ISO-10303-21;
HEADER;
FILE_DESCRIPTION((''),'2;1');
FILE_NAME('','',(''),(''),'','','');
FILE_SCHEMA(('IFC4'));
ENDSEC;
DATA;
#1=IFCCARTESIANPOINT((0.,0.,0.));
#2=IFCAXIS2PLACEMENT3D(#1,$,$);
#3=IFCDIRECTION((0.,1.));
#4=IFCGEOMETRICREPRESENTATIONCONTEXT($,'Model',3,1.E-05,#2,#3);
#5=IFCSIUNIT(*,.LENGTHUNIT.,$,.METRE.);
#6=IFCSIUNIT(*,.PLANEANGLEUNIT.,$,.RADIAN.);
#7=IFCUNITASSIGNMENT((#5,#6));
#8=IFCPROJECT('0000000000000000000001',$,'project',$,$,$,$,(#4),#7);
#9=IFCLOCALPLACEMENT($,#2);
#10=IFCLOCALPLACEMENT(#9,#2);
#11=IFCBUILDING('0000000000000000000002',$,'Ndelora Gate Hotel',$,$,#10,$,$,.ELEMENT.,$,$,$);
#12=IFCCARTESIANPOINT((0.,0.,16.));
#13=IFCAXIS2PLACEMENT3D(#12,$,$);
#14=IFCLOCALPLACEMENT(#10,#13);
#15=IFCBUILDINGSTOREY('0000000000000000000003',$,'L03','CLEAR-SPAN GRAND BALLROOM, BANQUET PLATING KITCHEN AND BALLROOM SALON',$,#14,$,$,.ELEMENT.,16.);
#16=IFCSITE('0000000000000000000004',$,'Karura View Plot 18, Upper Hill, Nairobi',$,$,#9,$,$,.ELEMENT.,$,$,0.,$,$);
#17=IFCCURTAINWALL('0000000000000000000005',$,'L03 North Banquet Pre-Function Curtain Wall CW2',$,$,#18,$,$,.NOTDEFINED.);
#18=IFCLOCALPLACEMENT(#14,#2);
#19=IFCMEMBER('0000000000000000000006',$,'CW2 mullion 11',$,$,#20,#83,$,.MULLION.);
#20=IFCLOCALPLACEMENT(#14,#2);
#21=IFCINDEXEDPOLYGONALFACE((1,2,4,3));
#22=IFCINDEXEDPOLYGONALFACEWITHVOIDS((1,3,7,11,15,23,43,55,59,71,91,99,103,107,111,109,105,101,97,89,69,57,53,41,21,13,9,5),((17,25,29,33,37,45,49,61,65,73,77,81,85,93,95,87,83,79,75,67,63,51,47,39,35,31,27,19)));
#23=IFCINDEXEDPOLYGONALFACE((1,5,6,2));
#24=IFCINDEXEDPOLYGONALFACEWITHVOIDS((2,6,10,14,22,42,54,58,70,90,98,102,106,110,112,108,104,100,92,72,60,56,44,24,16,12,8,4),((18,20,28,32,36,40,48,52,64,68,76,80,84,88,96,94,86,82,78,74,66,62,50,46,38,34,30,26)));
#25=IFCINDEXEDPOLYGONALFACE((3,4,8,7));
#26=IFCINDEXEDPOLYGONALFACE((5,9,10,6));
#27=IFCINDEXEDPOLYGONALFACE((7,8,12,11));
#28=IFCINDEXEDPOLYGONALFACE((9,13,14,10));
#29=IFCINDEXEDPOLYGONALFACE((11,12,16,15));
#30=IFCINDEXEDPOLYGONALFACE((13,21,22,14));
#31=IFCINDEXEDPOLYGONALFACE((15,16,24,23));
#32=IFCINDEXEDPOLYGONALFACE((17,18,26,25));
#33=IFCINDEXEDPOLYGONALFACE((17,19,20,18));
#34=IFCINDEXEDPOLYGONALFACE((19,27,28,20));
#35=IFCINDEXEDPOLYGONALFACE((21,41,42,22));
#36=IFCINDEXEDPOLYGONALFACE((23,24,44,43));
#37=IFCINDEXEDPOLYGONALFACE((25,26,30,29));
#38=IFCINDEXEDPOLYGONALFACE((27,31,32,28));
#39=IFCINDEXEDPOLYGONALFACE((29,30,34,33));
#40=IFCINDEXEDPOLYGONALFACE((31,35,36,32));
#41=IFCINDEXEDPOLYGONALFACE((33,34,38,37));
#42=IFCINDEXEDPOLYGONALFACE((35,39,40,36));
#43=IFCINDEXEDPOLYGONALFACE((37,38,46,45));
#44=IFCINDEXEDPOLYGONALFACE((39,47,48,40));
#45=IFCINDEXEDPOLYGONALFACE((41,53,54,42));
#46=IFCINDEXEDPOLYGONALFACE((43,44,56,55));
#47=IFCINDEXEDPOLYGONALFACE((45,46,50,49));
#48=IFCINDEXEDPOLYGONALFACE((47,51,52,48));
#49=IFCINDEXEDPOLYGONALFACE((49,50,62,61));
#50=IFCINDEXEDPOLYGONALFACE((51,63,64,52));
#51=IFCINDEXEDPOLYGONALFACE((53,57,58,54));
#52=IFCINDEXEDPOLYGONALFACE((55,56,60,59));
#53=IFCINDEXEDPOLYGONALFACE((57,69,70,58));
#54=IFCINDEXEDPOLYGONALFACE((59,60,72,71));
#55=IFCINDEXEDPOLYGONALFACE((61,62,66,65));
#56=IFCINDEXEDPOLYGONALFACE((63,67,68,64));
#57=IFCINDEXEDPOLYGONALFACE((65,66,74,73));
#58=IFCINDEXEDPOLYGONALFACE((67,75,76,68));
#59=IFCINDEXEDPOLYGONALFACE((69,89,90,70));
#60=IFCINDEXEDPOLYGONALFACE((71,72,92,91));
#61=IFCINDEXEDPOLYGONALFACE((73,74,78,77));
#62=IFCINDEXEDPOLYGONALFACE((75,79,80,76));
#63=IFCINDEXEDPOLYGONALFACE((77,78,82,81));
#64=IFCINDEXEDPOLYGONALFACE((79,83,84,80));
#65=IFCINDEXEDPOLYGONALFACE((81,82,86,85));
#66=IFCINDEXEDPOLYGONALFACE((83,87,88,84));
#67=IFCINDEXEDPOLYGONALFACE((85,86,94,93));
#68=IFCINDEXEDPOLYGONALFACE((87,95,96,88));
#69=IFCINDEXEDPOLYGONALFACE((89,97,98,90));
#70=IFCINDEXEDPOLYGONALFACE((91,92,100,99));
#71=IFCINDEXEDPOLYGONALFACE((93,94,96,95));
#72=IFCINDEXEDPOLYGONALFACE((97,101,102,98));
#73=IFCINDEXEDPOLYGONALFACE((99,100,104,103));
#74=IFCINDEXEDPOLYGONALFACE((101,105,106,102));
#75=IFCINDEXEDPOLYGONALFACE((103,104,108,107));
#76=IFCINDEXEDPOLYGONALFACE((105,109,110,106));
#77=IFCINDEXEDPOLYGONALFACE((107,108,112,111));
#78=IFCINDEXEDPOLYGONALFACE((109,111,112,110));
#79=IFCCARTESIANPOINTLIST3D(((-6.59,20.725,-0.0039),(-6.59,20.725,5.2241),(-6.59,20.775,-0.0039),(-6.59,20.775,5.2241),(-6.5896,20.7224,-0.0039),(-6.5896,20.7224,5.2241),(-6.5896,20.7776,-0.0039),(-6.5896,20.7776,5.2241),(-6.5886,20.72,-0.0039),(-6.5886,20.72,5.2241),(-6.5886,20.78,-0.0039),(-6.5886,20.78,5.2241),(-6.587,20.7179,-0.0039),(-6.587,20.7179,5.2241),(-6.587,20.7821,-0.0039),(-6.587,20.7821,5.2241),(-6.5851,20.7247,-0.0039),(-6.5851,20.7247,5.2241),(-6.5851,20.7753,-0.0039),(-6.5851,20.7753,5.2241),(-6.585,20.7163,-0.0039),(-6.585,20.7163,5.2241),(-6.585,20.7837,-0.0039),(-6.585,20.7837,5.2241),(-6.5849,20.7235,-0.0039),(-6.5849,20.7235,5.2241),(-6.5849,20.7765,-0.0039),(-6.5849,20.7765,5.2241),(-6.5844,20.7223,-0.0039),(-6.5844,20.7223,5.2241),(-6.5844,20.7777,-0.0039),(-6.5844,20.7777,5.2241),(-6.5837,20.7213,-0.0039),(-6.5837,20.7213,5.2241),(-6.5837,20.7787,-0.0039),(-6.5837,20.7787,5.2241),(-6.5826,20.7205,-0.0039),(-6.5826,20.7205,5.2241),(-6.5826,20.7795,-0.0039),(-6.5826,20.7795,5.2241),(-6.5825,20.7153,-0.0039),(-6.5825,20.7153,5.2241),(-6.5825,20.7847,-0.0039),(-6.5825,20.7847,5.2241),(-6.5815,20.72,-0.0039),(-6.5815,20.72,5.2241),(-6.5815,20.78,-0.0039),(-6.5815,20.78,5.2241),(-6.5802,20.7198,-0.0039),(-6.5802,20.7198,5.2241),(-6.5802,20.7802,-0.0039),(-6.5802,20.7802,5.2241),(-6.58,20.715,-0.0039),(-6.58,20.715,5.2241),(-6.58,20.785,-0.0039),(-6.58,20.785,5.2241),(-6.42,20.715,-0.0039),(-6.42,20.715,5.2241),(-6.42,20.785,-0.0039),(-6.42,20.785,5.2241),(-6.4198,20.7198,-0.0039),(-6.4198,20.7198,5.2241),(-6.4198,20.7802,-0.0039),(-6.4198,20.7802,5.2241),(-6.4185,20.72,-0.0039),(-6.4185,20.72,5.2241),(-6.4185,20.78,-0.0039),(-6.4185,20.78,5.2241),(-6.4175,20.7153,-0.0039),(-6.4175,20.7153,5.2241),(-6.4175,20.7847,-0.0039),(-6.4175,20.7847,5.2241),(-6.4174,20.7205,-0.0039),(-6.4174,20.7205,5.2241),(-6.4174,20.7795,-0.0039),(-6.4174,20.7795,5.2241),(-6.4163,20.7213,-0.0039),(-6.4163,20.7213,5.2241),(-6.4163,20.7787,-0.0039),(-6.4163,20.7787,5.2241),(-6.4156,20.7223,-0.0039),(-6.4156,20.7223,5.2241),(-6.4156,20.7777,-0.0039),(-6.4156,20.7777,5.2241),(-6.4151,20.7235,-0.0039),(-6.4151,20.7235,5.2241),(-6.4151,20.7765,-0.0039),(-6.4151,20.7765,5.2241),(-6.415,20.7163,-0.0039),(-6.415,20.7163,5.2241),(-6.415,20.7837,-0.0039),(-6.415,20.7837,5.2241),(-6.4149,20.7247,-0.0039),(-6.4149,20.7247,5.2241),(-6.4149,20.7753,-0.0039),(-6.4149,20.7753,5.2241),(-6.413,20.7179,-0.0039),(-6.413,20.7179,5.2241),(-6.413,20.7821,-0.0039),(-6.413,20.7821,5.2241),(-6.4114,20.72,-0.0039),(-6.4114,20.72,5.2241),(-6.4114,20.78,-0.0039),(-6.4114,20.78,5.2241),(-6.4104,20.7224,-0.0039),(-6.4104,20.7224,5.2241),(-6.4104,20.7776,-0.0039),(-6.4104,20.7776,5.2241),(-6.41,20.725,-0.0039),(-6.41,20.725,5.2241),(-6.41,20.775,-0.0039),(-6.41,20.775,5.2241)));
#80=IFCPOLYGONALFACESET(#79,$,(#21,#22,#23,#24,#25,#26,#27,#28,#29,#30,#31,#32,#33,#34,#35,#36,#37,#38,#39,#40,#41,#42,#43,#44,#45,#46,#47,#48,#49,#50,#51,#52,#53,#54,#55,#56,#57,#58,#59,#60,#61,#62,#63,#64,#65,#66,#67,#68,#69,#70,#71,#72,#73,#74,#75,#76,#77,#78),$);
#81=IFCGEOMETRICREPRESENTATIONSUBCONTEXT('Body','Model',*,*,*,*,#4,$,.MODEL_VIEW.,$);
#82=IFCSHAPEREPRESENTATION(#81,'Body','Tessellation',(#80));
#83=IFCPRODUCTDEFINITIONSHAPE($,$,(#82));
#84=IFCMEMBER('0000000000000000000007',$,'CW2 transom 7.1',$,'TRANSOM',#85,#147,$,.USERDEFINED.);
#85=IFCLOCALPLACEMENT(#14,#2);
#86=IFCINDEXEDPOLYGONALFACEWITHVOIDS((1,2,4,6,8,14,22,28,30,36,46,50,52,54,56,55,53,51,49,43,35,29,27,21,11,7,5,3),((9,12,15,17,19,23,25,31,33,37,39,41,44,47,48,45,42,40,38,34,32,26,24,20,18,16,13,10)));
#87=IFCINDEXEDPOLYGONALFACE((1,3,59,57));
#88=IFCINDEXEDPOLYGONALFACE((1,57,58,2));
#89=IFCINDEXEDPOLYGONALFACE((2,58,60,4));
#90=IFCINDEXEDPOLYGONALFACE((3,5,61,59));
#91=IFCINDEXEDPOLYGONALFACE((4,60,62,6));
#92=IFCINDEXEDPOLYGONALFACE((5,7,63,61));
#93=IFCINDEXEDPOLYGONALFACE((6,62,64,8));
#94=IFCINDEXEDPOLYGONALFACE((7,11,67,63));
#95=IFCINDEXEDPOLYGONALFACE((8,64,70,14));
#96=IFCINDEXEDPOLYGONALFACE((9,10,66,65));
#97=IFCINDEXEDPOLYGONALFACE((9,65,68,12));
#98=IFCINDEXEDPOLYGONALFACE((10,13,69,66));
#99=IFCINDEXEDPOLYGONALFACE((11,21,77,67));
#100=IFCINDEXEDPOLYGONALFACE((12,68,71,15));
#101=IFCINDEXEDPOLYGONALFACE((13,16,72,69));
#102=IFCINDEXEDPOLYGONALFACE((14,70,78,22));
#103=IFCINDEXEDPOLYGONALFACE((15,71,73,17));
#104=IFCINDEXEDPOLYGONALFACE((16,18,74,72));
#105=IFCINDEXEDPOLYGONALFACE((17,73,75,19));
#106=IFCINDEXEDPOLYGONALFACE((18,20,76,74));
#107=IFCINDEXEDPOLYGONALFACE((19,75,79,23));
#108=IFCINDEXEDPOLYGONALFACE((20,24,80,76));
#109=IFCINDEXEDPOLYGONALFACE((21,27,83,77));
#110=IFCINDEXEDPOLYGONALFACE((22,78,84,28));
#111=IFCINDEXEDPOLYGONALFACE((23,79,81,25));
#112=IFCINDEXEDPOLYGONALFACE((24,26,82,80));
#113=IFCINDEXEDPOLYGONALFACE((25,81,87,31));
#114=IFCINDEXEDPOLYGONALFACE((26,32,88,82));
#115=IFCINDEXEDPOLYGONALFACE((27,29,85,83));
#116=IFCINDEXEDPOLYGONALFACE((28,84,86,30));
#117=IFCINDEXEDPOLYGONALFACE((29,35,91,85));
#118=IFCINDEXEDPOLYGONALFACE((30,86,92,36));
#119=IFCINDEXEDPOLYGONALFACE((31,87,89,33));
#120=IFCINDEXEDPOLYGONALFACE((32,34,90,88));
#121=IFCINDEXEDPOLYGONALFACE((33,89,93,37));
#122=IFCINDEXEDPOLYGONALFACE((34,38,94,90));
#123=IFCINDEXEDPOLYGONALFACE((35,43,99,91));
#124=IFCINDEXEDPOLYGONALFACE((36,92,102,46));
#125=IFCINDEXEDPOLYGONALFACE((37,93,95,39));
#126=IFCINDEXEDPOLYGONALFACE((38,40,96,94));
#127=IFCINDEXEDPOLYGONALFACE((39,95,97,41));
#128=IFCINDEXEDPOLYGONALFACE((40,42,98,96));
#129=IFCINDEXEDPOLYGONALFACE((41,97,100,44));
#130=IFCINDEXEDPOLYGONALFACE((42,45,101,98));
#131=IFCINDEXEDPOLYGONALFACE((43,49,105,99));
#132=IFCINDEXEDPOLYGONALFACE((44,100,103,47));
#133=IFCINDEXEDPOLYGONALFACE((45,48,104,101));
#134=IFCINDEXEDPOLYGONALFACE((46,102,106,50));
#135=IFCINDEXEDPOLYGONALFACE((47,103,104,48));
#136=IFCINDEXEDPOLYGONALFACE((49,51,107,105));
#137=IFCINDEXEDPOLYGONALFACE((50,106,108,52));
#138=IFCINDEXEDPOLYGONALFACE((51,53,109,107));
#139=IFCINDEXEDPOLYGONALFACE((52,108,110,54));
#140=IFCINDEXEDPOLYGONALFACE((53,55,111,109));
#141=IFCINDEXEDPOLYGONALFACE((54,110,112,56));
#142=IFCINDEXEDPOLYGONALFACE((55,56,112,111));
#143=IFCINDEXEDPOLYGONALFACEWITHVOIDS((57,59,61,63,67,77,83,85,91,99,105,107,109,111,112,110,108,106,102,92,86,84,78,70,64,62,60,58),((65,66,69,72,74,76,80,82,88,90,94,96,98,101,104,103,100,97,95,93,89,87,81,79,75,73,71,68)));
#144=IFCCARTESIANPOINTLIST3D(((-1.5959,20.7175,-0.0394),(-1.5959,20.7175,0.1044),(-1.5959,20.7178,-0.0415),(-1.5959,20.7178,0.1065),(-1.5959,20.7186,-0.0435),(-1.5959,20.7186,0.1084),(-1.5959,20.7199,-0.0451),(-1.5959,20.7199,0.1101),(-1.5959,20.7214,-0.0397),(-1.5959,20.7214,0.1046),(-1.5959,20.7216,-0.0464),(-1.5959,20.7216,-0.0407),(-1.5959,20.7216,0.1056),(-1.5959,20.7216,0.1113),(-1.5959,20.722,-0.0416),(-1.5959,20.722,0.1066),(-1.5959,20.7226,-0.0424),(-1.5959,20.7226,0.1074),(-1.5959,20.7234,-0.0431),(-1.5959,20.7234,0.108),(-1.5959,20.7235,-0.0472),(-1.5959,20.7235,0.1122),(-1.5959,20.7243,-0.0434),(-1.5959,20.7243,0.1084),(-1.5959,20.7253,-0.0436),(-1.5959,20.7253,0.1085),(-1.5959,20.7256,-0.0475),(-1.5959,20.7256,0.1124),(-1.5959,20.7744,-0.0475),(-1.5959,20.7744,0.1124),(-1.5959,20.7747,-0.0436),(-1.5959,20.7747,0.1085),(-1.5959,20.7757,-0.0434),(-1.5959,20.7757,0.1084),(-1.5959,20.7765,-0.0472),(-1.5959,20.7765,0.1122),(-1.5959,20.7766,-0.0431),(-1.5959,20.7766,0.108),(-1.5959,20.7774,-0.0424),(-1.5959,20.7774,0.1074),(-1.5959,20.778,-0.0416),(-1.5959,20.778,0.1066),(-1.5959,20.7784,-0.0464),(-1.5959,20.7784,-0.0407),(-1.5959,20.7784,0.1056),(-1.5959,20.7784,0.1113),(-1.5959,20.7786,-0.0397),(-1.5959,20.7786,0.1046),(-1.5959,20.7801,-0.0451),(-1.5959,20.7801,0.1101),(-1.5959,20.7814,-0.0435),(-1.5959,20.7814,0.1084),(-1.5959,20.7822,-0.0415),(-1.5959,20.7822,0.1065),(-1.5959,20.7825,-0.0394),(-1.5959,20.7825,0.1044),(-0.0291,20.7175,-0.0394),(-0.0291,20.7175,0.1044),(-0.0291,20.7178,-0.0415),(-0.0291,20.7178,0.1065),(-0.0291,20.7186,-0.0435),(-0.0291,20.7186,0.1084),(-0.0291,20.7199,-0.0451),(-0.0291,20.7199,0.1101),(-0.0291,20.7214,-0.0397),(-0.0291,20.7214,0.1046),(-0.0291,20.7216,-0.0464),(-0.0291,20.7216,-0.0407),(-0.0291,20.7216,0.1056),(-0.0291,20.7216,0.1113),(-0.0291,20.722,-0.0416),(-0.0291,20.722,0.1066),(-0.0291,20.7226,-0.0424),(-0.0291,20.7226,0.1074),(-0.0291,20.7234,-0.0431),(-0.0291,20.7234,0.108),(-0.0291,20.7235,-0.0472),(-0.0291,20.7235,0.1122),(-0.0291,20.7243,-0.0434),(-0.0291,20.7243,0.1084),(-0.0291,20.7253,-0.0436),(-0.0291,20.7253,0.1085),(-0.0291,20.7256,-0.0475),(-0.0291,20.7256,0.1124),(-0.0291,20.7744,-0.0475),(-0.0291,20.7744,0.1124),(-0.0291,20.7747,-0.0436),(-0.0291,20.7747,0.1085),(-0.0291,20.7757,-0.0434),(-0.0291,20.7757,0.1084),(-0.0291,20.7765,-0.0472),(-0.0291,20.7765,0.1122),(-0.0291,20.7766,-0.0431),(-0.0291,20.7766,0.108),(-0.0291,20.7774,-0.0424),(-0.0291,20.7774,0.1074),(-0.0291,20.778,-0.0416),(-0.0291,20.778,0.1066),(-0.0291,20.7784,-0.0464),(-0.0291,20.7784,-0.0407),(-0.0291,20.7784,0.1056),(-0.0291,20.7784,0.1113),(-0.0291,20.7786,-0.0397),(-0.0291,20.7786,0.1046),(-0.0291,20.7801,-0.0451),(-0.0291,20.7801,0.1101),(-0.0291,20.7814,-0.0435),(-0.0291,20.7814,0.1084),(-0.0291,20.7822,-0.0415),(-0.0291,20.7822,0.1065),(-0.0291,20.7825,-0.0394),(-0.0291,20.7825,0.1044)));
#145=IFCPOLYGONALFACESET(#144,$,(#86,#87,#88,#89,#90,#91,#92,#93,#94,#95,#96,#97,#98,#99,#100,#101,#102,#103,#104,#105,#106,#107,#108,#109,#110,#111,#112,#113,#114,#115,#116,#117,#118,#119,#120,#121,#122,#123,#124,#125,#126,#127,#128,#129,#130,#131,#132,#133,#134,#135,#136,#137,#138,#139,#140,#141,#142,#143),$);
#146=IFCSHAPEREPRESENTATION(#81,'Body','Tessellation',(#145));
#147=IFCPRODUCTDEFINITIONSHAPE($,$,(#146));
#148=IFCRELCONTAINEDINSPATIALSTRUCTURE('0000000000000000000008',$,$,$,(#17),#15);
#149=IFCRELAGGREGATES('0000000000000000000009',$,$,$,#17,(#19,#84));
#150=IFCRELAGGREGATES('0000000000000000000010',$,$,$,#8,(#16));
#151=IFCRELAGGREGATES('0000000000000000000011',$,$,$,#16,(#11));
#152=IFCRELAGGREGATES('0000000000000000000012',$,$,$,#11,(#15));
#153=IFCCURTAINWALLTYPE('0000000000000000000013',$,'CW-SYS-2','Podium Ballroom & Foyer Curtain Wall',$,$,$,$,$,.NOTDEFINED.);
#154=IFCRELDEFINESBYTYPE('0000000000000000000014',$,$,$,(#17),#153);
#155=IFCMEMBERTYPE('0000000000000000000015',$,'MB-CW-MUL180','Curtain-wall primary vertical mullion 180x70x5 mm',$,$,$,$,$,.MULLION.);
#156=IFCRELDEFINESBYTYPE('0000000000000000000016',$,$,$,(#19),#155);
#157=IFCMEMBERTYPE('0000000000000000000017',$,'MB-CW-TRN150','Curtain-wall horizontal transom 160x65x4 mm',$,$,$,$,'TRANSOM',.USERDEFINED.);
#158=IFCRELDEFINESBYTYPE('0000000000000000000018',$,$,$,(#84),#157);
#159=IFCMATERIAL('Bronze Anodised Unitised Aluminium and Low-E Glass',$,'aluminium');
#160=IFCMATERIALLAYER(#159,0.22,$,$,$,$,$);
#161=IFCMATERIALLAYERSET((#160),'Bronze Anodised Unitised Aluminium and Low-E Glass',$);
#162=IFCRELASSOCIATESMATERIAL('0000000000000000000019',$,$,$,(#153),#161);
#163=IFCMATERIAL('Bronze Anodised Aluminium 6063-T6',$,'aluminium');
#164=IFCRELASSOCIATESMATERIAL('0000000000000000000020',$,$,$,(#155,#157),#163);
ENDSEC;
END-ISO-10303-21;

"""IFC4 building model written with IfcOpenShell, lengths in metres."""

from ifc_helpers import new_model, si_unit, direction, frame, origin, origin_2d, place, context, subcontext, project, spatial, hollow_rectangle, extrude, material, layer, layer_set, material_profile, profile_set, type_object, element, aggregate, save


model = new_model("IFC4")

# Units and contexts
model_context = context("Model", 3, precision=1e-05, world=origin(), true_north=direction((0.0, 1.0)))
body_context = subcontext(model_context, "Body", "Model", "MODEL_VIEW")
ifc_project = project(units=[si_unit("LENGTHUNIT", "METRE"), si_unit("PLANEANGLEUNIT", "RADIAN")], contexts=[model_context])

# Site, building, storey
site_placement = place(None, origin())
site = spatial("IfcSite", under=ifc_project, at=site_placement, Name="Karura View Plot 18, Upper Hill, Nairobi", CompositionType="ELEMENT", RefElevation=0.0)
building_placement = place(site_placement, origin())
building = spatial("IfcBuilding", under=site, at=building_placement, Name="Ndelora Gate Hotel", CompositionType="ELEMENT")
storey_placement = place(building_placement, frame((0.0, 0.0, 16.0)))
storey = spatial("IfcBuildingStorey", under=building, at=storey_placement, Name="L03", Description="CLEAR-SPAN GRAND BALLROOM, BANQUET PLATING KITCHEN AND BALLROOM SALON", CompositionType="ELEMENT", Elevation=16.0)

# Curtain wall, members
ifc_material_1 = material(Name="Bronze Anodised Unitised Aluminium and Low-E Glass", Category="aluminium")
ifc_layer_1 = layer(ifc_material_1, 0.22)
ifc_layer_set_1 = layer_set([ifc_layer_1], Name="Bronze Anodised Unitised Aluminium and Low-E Glass")
curtain_wall_type = type_object("IfcCurtainWallType", Name="CW-SYS-2", Description="Podium Ballroom & Foyer Curtain Wall", PredefinedType="NOTDEFINED", material=ifc_layer_set_1)
curtain_wall_placement = place(storey_placement, origin())
curtain_wall = element("IfcCurtainWall", 1, at=curtain_wall_placement, inside=storey, type_object=curtain_wall_type, Name="L03 North Banquet Pre-Function Curtain Wall CW2", PredefinedType="NOTDEFINED")
ifc_material_2 = material(Name="Bronze Anodised Aluminium 6063-T6", Category="aluminium")
ifc_material_profile_1 = material_profile(ifc_material_2, hollow_rectangle(XDim=0.0701, YDim=0.1799, WallThickness=0.0049, InnerFilletRadius=0.0049, OuterFilletRadius=0.01, at=origin_2d()), Name="ALU 180x70x5")
ifc_profile_set_1 = profile_set([ifc_material_profile_1], Name="Bronze Anodised Aluminium 6063-T6")
member_type_1 = type_object("IfcMemberType", Name="MB-CW-MUL180", Description="Curtain-wall primary vertical mullion 180x70x5 mm", PredefinedType="MULLION", material=ifc_profile_set_1)
member_1_placement = place(storey_placement, frame((-6.5, 20.75, -0.0039), z_axis=(0.0, 0.0, 1.0), x_axis=(0.0, -1.0, 0.0)))
member_1 = element("IfcMember", 2, at=member_1_placement, type_object=member_type_1, Name="CW2 mullion 11", PredefinedType="MULLION", context=body_context, shape_type="SweptSolid", body=[
    extrude(hollow_rectangle(XDim=0.0701, YDim=0.1799, WallThickness=0.0049, InnerFilletRadius=0.0049, OuterFilletRadius=0.01, at=origin_2d()), origin(), (0.0, 0.0, 1.0), 5.228),
])
ifc_material_profile_2 = material_profile(ifc_material_2, hollow_rectangle(XDim=0.0649, YDim=0.1599, WallThickness=0.0039, InnerFilletRadius=0.0039, OuterFilletRadius=0.0081, at=origin_2d()), Name="ALU 160x65x4")
ifc_profile_set_2 = profile_set([ifc_material_profile_2], Name="Bronze Anodised Aluminium 6063-T6")
member_type_2 = type_object("IfcMemberType", Name="MB-CW-TRN150", Description="Curtain-wall horizontal transom 160x65x4 mm", ElementType="TRANSOM", PredefinedType="USERDEFINED", material=ifc_profile_set_2)
member_2_placement = place(storey_placement, frame((-0.0291, 20.75, 0.0325), z_axis=(-1.0, 0.0, 0.0), x_axis=(0.0, -1.0, 0.0)))
member_2 = element("IfcMember", 3, at=member_2_placement, type_object=member_type_2, Name="CW2 transom 7.1", ObjectType="TRANSOM", PredefinedType="USERDEFINED", context=body_context, shape_type="SweptSolid", body=[
    extrude(hollow_rectangle(XDim=0.0649, YDim=0.1599, WallThickness=0.0039, InnerFilletRadius=0.0039, OuterFilletRadius=0.0081, at=origin_2d()), origin(), (0.0, 0.0, 1.0), 1.5669),
])
aggregate(curtain_wall, [member_1, member_2])

save(model, "model.ifc")
